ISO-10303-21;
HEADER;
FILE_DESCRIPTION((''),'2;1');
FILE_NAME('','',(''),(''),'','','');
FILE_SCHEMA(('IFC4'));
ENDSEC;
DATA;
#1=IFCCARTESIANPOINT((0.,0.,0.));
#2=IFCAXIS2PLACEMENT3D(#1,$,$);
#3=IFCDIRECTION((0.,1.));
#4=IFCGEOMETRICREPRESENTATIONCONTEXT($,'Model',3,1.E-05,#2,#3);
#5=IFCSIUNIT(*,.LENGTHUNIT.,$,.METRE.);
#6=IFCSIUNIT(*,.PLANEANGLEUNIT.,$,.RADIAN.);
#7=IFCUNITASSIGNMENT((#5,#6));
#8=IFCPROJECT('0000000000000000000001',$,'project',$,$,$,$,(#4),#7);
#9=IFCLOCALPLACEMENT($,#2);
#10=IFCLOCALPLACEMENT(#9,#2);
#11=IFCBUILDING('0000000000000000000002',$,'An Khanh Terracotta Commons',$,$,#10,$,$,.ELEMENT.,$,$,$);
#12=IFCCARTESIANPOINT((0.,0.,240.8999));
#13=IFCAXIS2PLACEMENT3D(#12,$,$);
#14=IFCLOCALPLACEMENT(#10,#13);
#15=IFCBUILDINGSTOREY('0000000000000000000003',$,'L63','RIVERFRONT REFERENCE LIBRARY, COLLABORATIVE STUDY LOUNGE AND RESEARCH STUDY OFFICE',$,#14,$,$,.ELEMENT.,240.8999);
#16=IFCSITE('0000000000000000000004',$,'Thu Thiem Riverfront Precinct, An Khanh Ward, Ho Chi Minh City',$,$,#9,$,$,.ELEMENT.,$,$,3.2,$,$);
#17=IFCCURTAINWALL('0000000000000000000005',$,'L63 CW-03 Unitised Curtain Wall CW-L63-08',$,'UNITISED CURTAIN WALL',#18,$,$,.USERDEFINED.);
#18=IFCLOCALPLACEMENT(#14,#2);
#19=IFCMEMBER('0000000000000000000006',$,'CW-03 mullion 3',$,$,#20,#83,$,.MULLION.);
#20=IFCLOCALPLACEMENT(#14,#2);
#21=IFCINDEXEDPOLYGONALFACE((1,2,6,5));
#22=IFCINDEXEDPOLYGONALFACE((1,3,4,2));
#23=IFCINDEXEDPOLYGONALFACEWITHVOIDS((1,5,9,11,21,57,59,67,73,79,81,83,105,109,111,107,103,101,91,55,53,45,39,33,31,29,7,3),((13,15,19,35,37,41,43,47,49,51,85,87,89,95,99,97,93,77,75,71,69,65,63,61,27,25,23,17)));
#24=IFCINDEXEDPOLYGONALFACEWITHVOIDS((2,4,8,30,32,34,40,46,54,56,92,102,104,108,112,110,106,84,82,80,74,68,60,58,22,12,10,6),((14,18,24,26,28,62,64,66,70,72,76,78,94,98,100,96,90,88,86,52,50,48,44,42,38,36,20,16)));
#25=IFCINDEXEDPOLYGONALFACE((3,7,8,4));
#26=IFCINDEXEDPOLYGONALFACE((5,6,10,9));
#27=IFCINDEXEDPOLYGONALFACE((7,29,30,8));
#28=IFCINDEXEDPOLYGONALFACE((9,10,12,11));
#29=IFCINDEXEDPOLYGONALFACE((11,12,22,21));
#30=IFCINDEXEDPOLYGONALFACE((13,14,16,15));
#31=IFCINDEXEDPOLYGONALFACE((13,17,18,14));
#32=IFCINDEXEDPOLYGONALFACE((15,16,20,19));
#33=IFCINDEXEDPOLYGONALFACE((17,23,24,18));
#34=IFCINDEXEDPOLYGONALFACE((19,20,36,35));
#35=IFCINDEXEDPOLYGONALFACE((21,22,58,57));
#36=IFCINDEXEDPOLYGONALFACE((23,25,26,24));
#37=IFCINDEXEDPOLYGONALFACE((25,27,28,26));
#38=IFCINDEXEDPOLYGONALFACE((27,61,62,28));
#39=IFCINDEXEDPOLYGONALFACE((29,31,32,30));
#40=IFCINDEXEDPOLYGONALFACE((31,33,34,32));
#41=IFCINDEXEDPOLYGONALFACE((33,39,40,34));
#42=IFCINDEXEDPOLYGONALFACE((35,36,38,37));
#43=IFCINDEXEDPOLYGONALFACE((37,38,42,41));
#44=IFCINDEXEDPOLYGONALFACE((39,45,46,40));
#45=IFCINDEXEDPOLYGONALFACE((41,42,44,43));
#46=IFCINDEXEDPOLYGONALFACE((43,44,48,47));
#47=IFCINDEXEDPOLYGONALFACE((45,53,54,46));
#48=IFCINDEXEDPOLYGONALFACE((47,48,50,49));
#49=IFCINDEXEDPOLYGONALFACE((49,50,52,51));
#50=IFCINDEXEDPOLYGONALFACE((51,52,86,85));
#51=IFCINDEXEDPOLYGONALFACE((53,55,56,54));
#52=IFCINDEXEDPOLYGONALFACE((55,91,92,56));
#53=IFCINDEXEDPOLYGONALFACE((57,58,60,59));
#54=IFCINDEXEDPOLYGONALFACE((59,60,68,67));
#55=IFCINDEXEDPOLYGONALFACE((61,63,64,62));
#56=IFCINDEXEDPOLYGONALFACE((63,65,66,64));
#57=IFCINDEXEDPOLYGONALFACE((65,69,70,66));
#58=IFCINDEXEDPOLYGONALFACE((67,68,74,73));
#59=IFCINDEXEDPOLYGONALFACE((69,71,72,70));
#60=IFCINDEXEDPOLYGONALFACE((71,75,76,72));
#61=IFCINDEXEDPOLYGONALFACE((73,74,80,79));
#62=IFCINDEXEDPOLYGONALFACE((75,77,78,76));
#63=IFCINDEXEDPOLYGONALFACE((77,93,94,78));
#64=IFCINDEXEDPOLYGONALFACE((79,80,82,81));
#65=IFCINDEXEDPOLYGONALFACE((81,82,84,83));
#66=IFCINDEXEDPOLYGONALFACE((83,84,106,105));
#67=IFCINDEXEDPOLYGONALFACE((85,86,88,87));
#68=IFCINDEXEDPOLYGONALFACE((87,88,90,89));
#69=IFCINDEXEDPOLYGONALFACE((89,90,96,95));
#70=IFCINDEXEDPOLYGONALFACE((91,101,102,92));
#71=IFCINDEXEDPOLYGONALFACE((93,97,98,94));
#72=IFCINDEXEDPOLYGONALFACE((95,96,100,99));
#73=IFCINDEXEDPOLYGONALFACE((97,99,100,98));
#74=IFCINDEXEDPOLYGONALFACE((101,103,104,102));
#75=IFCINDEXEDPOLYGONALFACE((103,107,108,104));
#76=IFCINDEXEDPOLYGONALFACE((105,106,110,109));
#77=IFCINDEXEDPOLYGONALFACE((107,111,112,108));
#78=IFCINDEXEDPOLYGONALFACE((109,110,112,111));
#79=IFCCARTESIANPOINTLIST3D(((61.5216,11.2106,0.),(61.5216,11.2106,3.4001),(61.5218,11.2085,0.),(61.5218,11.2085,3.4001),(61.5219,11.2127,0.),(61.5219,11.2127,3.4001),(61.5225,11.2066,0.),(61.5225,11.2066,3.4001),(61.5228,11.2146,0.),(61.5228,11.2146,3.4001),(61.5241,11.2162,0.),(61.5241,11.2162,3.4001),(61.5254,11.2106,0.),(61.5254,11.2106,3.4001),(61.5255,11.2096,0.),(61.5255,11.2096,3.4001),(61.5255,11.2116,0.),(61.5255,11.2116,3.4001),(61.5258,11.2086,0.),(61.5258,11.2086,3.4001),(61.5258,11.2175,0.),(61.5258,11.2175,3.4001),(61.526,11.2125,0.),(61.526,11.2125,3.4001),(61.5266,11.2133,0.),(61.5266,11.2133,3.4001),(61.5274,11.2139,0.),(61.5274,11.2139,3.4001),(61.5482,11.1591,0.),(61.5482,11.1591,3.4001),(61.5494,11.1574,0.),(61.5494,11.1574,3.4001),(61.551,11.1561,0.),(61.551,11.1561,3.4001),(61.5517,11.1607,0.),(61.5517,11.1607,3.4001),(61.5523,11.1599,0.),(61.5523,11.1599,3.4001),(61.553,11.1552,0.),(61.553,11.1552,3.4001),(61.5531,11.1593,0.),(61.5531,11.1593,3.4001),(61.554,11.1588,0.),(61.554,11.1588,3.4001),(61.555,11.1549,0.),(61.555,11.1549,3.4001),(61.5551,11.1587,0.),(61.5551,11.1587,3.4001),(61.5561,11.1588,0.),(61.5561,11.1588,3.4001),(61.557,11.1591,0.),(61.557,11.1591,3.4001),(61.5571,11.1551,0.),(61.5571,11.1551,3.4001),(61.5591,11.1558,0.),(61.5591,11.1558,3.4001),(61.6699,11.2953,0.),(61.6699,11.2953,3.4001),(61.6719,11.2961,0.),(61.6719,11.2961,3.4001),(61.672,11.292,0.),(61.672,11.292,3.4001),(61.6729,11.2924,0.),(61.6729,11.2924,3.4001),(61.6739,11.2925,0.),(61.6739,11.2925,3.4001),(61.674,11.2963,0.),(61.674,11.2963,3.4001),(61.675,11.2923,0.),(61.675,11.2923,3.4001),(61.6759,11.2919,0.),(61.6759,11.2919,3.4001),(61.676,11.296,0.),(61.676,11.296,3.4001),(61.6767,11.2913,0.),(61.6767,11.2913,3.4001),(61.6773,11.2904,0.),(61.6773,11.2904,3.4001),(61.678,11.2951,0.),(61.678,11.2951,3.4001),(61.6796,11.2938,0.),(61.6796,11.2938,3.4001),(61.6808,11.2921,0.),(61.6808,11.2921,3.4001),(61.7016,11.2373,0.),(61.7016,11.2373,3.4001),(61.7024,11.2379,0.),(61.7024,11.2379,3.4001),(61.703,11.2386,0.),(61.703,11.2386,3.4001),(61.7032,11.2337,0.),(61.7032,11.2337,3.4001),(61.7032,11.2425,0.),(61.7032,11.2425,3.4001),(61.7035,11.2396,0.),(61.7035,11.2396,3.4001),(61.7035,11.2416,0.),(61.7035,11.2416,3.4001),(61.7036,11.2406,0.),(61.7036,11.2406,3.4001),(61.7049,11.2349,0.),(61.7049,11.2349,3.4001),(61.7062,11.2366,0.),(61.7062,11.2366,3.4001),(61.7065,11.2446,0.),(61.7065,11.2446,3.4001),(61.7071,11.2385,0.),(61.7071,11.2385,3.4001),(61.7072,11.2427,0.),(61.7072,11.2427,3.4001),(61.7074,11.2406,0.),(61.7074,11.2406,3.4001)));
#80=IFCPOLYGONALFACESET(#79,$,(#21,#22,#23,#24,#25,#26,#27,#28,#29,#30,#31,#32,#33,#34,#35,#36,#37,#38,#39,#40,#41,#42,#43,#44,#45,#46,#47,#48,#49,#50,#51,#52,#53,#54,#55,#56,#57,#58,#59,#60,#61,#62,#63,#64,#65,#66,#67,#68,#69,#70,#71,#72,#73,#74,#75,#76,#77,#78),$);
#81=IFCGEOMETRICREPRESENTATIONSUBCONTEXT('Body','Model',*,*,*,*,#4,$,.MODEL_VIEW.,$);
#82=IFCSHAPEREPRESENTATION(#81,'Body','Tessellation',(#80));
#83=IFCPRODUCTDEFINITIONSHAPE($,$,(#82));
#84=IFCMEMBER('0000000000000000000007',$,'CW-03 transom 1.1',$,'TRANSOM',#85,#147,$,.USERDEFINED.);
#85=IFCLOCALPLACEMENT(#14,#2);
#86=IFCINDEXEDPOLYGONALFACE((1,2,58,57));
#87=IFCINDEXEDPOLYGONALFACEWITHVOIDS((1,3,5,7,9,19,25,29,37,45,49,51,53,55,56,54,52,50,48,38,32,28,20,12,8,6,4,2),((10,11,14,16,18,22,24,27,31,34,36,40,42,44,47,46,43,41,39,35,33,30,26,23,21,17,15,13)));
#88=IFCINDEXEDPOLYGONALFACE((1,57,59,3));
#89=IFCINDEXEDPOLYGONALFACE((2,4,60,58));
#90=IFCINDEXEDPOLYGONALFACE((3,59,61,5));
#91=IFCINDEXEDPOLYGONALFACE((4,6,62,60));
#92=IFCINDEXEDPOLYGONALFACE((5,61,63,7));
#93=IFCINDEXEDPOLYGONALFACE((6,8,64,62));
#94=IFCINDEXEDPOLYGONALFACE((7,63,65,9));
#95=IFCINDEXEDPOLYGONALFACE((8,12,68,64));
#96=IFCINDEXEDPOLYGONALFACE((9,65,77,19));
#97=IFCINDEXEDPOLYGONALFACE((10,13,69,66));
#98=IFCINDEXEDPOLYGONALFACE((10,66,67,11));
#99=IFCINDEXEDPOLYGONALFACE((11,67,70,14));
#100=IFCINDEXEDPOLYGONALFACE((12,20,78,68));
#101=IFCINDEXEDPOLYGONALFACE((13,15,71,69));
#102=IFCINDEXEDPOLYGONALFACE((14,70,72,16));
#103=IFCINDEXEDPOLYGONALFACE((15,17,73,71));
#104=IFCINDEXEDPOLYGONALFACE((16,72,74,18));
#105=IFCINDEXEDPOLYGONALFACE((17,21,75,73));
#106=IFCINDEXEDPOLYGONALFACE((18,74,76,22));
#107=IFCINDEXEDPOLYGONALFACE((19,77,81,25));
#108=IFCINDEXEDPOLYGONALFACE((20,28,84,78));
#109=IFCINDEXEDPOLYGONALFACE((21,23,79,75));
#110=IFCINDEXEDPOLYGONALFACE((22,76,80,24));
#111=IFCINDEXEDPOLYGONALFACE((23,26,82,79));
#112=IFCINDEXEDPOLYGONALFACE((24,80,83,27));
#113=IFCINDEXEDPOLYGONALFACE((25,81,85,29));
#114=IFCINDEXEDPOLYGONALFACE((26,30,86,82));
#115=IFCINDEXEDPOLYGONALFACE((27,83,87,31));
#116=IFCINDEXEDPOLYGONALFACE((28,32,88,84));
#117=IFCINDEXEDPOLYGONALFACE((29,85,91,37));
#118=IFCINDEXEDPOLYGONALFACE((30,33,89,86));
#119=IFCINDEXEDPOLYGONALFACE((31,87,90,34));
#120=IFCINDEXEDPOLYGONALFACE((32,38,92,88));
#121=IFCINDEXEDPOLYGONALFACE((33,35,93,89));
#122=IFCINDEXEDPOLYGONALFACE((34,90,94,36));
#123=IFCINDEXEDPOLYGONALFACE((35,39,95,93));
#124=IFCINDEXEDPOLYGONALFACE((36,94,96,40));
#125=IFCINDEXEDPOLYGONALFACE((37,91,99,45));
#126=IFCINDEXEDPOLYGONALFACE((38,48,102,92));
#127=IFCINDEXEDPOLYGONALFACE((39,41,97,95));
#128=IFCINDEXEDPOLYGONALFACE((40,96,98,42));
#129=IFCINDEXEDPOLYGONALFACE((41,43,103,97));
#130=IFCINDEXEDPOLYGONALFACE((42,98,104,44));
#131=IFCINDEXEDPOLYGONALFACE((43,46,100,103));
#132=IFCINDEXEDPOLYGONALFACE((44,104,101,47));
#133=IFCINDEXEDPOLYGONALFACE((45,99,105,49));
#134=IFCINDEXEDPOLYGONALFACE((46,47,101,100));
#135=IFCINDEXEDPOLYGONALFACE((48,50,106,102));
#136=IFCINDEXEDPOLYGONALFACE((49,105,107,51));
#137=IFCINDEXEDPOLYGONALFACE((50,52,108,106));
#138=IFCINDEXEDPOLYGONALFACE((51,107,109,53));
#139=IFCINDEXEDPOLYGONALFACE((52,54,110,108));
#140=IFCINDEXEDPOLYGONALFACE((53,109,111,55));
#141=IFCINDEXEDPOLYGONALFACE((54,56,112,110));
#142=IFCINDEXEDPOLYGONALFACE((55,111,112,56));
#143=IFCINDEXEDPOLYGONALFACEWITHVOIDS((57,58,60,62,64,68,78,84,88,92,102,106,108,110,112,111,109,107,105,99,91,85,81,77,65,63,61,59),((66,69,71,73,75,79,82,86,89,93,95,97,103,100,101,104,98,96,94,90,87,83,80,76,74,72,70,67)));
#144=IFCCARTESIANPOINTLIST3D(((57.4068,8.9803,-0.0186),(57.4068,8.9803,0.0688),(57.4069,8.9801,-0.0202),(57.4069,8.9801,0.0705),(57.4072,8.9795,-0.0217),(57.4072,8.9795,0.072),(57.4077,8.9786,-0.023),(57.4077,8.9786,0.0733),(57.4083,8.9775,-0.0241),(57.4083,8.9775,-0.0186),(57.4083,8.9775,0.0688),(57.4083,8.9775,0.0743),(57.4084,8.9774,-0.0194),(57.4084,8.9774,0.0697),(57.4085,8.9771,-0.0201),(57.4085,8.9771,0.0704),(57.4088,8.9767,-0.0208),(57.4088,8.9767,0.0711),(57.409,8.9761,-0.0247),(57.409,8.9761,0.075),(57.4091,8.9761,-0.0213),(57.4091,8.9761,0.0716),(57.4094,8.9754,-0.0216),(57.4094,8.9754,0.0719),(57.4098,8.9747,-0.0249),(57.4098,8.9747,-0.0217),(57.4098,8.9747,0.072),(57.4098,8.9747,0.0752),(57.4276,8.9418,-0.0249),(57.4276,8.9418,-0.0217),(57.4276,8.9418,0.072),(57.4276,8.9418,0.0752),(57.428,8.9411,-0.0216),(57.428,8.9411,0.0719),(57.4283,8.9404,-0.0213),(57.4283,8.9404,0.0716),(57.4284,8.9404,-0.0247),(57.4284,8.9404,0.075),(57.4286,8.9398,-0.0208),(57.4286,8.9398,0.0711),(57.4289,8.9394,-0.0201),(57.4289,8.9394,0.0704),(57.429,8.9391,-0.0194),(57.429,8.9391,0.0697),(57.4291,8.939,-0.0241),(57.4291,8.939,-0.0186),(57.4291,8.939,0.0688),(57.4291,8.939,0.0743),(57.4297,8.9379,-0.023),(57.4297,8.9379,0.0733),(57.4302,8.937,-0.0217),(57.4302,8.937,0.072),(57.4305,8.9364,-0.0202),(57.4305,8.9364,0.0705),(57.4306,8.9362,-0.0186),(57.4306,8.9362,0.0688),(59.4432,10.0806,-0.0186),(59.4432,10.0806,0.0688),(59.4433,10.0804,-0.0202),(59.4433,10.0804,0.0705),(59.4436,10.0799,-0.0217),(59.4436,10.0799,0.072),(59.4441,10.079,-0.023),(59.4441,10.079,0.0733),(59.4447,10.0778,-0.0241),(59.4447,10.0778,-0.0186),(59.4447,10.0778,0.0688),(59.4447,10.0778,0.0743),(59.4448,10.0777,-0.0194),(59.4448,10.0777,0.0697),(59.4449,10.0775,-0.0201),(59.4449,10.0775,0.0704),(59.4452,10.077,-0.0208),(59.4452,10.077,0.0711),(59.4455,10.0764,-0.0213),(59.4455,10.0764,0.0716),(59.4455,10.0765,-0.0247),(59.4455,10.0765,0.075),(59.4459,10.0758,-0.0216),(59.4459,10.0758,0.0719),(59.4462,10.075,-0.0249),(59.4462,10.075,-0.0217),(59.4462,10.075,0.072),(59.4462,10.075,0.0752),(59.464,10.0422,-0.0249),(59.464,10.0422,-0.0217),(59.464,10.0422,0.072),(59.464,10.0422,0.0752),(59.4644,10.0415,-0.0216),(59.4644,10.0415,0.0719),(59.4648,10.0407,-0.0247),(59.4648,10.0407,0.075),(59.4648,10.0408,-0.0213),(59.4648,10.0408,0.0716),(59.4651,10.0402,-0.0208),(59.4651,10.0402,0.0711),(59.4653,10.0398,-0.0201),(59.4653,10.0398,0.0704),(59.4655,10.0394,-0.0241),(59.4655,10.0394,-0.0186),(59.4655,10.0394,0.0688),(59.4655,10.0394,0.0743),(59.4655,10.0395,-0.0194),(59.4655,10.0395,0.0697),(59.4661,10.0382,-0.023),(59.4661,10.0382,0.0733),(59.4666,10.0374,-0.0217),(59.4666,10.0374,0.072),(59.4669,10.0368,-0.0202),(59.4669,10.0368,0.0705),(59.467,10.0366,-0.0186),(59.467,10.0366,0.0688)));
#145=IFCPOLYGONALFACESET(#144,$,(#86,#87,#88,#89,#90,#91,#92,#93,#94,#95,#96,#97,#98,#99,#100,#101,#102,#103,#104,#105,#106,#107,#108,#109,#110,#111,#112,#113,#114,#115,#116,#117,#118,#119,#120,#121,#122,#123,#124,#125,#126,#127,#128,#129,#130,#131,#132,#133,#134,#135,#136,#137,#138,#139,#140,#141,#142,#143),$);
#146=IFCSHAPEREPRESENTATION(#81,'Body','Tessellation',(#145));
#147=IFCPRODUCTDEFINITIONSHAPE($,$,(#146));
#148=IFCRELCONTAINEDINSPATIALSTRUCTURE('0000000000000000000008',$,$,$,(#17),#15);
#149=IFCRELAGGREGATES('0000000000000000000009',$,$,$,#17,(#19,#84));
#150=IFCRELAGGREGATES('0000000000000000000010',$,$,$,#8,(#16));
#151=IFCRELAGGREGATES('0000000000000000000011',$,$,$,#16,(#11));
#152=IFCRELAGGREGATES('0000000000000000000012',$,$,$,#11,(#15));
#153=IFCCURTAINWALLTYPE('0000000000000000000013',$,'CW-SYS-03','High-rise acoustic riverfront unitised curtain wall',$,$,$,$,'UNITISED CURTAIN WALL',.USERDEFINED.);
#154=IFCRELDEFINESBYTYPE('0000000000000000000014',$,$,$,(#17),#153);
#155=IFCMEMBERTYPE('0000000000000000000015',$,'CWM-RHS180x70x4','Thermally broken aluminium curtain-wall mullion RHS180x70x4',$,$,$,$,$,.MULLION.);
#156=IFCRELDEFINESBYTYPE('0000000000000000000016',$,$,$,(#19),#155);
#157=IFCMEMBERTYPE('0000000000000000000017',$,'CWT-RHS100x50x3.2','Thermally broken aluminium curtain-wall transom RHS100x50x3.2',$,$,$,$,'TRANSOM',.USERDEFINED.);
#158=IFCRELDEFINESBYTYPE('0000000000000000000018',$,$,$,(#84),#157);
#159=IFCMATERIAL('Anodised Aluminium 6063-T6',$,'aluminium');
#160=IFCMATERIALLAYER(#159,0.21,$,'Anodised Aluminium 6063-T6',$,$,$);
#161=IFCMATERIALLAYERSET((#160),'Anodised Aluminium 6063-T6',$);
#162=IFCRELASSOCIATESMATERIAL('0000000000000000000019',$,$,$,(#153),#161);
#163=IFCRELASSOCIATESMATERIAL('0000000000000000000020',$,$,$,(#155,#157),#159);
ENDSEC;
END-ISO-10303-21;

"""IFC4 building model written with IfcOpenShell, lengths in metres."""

from ifc_helpers import new_model, si_unit, direction, frame, origin, origin_2d, place, context, subcontext, project, spatial, hollow_rectangle, extrude, material, layer, layer_set, material_profile, profile_set, type_object, element, aggregate, save


model = new_model("IFC4")

# Units and contexts
model_context = context("Model", 3, precision=1e-05, world=origin(), true_north=direction((0.0, 1.0)))
body_context = subcontext(model_context, "Body", "Model", "MODEL_VIEW")
ifc_project = project(units=[si_unit("LENGTHUNIT", "METRE"), si_unit("PLANEANGLEUNIT", "RADIAN")], contexts=[model_context])

# Site, building, storey
site_placement = place(None, origin())
site = spatial("IfcSite", under=ifc_project, at=site_placement, Name="Thu Thiem Riverfront Precinct, An Khanh Ward, Ho Chi Minh City", CompositionType="ELEMENT", RefElevation=3.2)
building_placement = place(site_placement, origin())
building = spatial("IfcBuilding", under=site, at=building_placement, Name="An Khanh Terracotta Commons", CompositionType="ELEMENT")
storey_placement = place(building_placement, frame((0.0, 0.0, 240.8999)))
storey = spatial("IfcBuildingStorey", under=building, at=storey_placement, Name="L63", Description="RIVERFRONT REFERENCE LIBRARY, COLLABORATIVE STUDY LOUNGE AND RESEARCH STUDY OFFICE", CompositionType="ELEMENT", Elevation=240.8999)

# Curtain wall, members
ifc_material_1 = material(Name="Anodised Aluminium 6063-T6", Category="aluminium")
ifc_layer_1 = layer(ifc_material_1, 0.21, Name="Anodised Aluminium 6063-T6")
ifc_layer_set_1 = layer_set([ifc_layer_1], Name="Anodised Aluminium 6063-T6")
curtain_wall_type = type_object("IfcCurtainWallType", Name="CW-SYS-03", Description="High-rise acoustic riverfront unitised curtain wall", ElementType="UNITISED CURTAIN WALL", PredefinedType="USERDEFINED", material=ifc_layer_set_1)
curtain_wall_placement = place(storey_placement, origin())
curtain_wall = element("IfcCurtainWall", 1, at=curtain_wall_placement, inside=storey, type_object=curtain_wall_type, Name="L63 CW-03 Unitised Curtain Wall CW-L63-08", ObjectType="UNITISED CURTAIN WALL", PredefinedType="USERDEFINED")
ifc_material_profile_1 = material_profile(ifc_material_1, hollow_rectangle(XDim=0.0701, YDim=0.1799, WallThickness=0.0039, InnerFilletRadius=0.0039, OuterFilletRadius=0.0081, at=origin_2d()), Name="RHS180x70x4")
ifc_profile_set_1 = profile_set([ifc_material_profile_1], Name="Anodised Aluminium 6063-T6")
member_type_1 = type_object("IfcMemberType", Name="CWM-RHS180x70x4", Description="Thermally broken aluminium curtain-wall mullion RHS180x70x4", PredefinedType="MULLION", material=ifc_profile_set_1)
member_1_placement = place(storey_placement, frame((61.6145, 11.2256, 0.0), z_axis=(0.0, 0.0, 1.0), x_axis=(-0.475381, 0.87978, 0.0)))
member_1 = element("IfcMember", 2, at=member_1_placement, type_object=member_type_1, Name="CW-03 mullion 3", PredefinedType="MULLION", context=body_context, shape_type="SweptSolid", body=[
    extrude(hollow_rectangle(XDim=0.0701, YDim=0.1799, WallThickness=0.0039, InnerFilletRadius=0.0039, OuterFilletRadius=0.0081, at=origin_2d()), origin(), (0.0, 0.0, 1.0), 3.4001),
])
ifc_material_profile_2 = material_profile(ifc_material_1, hollow_rectangle(XDim=0.05, YDim=0.1001, WallThickness=0.0032, InnerFilletRadius=0.0032, OuterFilletRadius=0.0063, at=origin_2d()), Name="RHS100x50x3.2")
ifc_profile_set_2 = profile_set([ifc_material_profile_2], Name="Anodised Aluminium 6063-T6")
member_type_2 = type_object("IfcMemberType", Name="CWT-RHS100x50x3.2", Description="Thermally broken aluminium curtain-wall transom RHS100x50x3.2", ElementType="TRANSOM", PredefinedType="USERDEFINED", material=ifc_profile_set_2)
member_2_placement = place(storey_placement, frame((57.4187, 8.9583, 0.0251), z_axis=(0.879779, 0.475382, 0.0), x_axis=(-0.475382, 0.879779, 0.0)))
member_2 = element("IfcMember", 3, at=member_2_placement, type_object=member_type_2, Name="CW-03 transom 1.1", ObjectType="TRANSOM", PredefinedType="USERDEFINED", context=body_context, shape_type="SweptSolid", body=[
    extrude(hollow_rectangle(XDim=0.05, YDim=0.1001, WallThickness=0.0032, InnerFilletRadius=0.0032, OuterFilletRadius=0.0063, at=origin_2d()), origin(), (0.0, 0.0, 1.0), 2.3147),
])
aggregate(curtain_wall, [member_1, member_2])

save(model, "model.ifc")
